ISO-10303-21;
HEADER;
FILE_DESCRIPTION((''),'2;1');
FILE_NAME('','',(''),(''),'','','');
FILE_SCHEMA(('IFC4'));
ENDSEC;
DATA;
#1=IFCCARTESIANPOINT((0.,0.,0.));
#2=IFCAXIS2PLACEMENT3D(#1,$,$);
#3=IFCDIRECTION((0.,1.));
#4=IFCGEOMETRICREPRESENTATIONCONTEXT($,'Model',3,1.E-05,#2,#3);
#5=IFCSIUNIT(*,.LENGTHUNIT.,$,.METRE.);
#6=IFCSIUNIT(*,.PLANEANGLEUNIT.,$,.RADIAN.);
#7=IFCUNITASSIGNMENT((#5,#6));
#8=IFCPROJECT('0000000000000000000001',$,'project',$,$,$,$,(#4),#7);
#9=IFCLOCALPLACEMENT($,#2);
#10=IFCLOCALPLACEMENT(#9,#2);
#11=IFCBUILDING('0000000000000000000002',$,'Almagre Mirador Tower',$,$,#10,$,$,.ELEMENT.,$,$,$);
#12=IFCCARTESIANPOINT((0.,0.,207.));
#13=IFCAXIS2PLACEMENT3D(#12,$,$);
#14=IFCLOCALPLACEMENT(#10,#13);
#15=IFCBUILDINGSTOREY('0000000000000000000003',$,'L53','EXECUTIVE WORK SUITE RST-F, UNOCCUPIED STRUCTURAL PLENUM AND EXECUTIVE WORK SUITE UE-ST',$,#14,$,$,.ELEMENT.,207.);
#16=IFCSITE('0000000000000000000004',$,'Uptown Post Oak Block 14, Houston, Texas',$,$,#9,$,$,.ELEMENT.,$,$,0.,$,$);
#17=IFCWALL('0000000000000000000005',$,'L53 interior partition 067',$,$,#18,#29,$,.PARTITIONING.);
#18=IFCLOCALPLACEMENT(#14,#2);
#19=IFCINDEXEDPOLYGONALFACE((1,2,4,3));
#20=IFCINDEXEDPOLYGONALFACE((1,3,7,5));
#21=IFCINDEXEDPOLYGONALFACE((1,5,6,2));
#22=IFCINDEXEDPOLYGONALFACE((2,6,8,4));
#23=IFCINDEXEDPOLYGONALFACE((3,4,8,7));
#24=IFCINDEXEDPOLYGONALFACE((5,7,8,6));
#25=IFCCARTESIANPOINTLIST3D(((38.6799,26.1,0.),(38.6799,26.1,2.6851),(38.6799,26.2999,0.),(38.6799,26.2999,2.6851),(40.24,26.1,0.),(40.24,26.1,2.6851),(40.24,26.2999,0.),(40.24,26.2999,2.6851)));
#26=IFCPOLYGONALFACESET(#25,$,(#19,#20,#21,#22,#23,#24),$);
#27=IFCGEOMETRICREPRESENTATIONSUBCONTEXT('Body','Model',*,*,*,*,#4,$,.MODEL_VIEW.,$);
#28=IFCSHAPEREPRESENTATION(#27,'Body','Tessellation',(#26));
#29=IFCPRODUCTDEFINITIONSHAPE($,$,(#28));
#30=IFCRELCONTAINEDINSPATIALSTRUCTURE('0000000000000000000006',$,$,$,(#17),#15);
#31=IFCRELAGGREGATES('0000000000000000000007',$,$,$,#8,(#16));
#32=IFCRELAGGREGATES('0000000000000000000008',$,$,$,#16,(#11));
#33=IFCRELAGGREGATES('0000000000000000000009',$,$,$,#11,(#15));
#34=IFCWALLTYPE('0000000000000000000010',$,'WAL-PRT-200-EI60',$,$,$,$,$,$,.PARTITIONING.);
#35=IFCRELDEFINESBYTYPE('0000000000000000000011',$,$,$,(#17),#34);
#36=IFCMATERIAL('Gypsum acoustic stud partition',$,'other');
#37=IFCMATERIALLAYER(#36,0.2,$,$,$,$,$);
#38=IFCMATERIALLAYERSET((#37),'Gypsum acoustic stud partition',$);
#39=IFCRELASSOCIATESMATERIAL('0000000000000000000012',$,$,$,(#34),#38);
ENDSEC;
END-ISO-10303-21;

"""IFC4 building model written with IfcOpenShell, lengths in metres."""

from ifc_helpers import new_model, si_unit, direction, frame, frame_2d, origin, place, context, subcontext, project, spatial, rectangle, extrude, material, layer, layer_set, type_object, element, save


model = new_model("IFC4")

# Units and contexts
model_context = context("Model", 3, precision=1e-05, world=origin(), true_north=direction((0.0, 1.0)))
body_context = subcontext(model_context, "Body", "Model", "MODEL_VIEW")
ifc_project = project(units=[si_unit("LENGTHUNIT", "METRE"), si_unit("PLANEANGLEUNIT", "RADIAN")], contexts=[model_context])

# Site, building, storey
site_placement = place(None, origin())
site = spatial("IfcSite", under=ifc_project, at=site_placement, Name="Uptown Post Oak Block 14, Houston, Texas", CompositionType="ELEMENT", RefElevation=0.0)
building_placement = place(site_placement, origin())
building = spatial("IfcBuilding", under=site, at=building_placement, Name="Almagre Mirador Tower", CompositionType="ELEMENT")
storey_placement = place(building_placement, frame((0.0, 0.0, 207.0)))
storey = spatial("IfcBuildingStorey", under=building, at=storey_placement, Name="L53", Description="EXECUTIVE WORK SUITE RST-F, UNOCCUPIED STRUCTURAL PLENUM AND EXECUTIVE WORK SUITE UE-ST", CompositionType="ELEMENT", Elevation=207.0)

# Shared definitions
ifc_material_1 = material(Name="Gypsum acoustic stud partition", Category="other")
ifc_layer_1 = layer(ifc_material_1, 0.2)
ifc_layer_set_1 = layer_set([ifc_layer_1], Name="Gypsum acoustic stud partition")
wall_type_1 = type_object("IfcWallType", Name="WAL-PRT-200-EI60", PredefinedType="PARTITIONING", material=ifc_layer_set_1)

# Wall
wall_1_placement = place(storey_placement, frame((40.24, 26.2, 0.0), z_axis=(0.0, 0.0, 1.0), x_axis=(-1.0, 0.0, 0.0)))
element("IfcWall", 1, at=wall_1_placement, inside=storey, type_object=wall_type_1, Name="L53 interior partition 067", PredefinedType="PARTITIONING", context=body_context, shape_type="SweptSolid", body=[
    extrude(rectangle(XDim=1.5601, YDim=0.2, at=frame_2d((0.78, 0.0))), origin(), (0.0, 0.0, 1.0), 2.6851),
])

save(model, "model.ifc")
